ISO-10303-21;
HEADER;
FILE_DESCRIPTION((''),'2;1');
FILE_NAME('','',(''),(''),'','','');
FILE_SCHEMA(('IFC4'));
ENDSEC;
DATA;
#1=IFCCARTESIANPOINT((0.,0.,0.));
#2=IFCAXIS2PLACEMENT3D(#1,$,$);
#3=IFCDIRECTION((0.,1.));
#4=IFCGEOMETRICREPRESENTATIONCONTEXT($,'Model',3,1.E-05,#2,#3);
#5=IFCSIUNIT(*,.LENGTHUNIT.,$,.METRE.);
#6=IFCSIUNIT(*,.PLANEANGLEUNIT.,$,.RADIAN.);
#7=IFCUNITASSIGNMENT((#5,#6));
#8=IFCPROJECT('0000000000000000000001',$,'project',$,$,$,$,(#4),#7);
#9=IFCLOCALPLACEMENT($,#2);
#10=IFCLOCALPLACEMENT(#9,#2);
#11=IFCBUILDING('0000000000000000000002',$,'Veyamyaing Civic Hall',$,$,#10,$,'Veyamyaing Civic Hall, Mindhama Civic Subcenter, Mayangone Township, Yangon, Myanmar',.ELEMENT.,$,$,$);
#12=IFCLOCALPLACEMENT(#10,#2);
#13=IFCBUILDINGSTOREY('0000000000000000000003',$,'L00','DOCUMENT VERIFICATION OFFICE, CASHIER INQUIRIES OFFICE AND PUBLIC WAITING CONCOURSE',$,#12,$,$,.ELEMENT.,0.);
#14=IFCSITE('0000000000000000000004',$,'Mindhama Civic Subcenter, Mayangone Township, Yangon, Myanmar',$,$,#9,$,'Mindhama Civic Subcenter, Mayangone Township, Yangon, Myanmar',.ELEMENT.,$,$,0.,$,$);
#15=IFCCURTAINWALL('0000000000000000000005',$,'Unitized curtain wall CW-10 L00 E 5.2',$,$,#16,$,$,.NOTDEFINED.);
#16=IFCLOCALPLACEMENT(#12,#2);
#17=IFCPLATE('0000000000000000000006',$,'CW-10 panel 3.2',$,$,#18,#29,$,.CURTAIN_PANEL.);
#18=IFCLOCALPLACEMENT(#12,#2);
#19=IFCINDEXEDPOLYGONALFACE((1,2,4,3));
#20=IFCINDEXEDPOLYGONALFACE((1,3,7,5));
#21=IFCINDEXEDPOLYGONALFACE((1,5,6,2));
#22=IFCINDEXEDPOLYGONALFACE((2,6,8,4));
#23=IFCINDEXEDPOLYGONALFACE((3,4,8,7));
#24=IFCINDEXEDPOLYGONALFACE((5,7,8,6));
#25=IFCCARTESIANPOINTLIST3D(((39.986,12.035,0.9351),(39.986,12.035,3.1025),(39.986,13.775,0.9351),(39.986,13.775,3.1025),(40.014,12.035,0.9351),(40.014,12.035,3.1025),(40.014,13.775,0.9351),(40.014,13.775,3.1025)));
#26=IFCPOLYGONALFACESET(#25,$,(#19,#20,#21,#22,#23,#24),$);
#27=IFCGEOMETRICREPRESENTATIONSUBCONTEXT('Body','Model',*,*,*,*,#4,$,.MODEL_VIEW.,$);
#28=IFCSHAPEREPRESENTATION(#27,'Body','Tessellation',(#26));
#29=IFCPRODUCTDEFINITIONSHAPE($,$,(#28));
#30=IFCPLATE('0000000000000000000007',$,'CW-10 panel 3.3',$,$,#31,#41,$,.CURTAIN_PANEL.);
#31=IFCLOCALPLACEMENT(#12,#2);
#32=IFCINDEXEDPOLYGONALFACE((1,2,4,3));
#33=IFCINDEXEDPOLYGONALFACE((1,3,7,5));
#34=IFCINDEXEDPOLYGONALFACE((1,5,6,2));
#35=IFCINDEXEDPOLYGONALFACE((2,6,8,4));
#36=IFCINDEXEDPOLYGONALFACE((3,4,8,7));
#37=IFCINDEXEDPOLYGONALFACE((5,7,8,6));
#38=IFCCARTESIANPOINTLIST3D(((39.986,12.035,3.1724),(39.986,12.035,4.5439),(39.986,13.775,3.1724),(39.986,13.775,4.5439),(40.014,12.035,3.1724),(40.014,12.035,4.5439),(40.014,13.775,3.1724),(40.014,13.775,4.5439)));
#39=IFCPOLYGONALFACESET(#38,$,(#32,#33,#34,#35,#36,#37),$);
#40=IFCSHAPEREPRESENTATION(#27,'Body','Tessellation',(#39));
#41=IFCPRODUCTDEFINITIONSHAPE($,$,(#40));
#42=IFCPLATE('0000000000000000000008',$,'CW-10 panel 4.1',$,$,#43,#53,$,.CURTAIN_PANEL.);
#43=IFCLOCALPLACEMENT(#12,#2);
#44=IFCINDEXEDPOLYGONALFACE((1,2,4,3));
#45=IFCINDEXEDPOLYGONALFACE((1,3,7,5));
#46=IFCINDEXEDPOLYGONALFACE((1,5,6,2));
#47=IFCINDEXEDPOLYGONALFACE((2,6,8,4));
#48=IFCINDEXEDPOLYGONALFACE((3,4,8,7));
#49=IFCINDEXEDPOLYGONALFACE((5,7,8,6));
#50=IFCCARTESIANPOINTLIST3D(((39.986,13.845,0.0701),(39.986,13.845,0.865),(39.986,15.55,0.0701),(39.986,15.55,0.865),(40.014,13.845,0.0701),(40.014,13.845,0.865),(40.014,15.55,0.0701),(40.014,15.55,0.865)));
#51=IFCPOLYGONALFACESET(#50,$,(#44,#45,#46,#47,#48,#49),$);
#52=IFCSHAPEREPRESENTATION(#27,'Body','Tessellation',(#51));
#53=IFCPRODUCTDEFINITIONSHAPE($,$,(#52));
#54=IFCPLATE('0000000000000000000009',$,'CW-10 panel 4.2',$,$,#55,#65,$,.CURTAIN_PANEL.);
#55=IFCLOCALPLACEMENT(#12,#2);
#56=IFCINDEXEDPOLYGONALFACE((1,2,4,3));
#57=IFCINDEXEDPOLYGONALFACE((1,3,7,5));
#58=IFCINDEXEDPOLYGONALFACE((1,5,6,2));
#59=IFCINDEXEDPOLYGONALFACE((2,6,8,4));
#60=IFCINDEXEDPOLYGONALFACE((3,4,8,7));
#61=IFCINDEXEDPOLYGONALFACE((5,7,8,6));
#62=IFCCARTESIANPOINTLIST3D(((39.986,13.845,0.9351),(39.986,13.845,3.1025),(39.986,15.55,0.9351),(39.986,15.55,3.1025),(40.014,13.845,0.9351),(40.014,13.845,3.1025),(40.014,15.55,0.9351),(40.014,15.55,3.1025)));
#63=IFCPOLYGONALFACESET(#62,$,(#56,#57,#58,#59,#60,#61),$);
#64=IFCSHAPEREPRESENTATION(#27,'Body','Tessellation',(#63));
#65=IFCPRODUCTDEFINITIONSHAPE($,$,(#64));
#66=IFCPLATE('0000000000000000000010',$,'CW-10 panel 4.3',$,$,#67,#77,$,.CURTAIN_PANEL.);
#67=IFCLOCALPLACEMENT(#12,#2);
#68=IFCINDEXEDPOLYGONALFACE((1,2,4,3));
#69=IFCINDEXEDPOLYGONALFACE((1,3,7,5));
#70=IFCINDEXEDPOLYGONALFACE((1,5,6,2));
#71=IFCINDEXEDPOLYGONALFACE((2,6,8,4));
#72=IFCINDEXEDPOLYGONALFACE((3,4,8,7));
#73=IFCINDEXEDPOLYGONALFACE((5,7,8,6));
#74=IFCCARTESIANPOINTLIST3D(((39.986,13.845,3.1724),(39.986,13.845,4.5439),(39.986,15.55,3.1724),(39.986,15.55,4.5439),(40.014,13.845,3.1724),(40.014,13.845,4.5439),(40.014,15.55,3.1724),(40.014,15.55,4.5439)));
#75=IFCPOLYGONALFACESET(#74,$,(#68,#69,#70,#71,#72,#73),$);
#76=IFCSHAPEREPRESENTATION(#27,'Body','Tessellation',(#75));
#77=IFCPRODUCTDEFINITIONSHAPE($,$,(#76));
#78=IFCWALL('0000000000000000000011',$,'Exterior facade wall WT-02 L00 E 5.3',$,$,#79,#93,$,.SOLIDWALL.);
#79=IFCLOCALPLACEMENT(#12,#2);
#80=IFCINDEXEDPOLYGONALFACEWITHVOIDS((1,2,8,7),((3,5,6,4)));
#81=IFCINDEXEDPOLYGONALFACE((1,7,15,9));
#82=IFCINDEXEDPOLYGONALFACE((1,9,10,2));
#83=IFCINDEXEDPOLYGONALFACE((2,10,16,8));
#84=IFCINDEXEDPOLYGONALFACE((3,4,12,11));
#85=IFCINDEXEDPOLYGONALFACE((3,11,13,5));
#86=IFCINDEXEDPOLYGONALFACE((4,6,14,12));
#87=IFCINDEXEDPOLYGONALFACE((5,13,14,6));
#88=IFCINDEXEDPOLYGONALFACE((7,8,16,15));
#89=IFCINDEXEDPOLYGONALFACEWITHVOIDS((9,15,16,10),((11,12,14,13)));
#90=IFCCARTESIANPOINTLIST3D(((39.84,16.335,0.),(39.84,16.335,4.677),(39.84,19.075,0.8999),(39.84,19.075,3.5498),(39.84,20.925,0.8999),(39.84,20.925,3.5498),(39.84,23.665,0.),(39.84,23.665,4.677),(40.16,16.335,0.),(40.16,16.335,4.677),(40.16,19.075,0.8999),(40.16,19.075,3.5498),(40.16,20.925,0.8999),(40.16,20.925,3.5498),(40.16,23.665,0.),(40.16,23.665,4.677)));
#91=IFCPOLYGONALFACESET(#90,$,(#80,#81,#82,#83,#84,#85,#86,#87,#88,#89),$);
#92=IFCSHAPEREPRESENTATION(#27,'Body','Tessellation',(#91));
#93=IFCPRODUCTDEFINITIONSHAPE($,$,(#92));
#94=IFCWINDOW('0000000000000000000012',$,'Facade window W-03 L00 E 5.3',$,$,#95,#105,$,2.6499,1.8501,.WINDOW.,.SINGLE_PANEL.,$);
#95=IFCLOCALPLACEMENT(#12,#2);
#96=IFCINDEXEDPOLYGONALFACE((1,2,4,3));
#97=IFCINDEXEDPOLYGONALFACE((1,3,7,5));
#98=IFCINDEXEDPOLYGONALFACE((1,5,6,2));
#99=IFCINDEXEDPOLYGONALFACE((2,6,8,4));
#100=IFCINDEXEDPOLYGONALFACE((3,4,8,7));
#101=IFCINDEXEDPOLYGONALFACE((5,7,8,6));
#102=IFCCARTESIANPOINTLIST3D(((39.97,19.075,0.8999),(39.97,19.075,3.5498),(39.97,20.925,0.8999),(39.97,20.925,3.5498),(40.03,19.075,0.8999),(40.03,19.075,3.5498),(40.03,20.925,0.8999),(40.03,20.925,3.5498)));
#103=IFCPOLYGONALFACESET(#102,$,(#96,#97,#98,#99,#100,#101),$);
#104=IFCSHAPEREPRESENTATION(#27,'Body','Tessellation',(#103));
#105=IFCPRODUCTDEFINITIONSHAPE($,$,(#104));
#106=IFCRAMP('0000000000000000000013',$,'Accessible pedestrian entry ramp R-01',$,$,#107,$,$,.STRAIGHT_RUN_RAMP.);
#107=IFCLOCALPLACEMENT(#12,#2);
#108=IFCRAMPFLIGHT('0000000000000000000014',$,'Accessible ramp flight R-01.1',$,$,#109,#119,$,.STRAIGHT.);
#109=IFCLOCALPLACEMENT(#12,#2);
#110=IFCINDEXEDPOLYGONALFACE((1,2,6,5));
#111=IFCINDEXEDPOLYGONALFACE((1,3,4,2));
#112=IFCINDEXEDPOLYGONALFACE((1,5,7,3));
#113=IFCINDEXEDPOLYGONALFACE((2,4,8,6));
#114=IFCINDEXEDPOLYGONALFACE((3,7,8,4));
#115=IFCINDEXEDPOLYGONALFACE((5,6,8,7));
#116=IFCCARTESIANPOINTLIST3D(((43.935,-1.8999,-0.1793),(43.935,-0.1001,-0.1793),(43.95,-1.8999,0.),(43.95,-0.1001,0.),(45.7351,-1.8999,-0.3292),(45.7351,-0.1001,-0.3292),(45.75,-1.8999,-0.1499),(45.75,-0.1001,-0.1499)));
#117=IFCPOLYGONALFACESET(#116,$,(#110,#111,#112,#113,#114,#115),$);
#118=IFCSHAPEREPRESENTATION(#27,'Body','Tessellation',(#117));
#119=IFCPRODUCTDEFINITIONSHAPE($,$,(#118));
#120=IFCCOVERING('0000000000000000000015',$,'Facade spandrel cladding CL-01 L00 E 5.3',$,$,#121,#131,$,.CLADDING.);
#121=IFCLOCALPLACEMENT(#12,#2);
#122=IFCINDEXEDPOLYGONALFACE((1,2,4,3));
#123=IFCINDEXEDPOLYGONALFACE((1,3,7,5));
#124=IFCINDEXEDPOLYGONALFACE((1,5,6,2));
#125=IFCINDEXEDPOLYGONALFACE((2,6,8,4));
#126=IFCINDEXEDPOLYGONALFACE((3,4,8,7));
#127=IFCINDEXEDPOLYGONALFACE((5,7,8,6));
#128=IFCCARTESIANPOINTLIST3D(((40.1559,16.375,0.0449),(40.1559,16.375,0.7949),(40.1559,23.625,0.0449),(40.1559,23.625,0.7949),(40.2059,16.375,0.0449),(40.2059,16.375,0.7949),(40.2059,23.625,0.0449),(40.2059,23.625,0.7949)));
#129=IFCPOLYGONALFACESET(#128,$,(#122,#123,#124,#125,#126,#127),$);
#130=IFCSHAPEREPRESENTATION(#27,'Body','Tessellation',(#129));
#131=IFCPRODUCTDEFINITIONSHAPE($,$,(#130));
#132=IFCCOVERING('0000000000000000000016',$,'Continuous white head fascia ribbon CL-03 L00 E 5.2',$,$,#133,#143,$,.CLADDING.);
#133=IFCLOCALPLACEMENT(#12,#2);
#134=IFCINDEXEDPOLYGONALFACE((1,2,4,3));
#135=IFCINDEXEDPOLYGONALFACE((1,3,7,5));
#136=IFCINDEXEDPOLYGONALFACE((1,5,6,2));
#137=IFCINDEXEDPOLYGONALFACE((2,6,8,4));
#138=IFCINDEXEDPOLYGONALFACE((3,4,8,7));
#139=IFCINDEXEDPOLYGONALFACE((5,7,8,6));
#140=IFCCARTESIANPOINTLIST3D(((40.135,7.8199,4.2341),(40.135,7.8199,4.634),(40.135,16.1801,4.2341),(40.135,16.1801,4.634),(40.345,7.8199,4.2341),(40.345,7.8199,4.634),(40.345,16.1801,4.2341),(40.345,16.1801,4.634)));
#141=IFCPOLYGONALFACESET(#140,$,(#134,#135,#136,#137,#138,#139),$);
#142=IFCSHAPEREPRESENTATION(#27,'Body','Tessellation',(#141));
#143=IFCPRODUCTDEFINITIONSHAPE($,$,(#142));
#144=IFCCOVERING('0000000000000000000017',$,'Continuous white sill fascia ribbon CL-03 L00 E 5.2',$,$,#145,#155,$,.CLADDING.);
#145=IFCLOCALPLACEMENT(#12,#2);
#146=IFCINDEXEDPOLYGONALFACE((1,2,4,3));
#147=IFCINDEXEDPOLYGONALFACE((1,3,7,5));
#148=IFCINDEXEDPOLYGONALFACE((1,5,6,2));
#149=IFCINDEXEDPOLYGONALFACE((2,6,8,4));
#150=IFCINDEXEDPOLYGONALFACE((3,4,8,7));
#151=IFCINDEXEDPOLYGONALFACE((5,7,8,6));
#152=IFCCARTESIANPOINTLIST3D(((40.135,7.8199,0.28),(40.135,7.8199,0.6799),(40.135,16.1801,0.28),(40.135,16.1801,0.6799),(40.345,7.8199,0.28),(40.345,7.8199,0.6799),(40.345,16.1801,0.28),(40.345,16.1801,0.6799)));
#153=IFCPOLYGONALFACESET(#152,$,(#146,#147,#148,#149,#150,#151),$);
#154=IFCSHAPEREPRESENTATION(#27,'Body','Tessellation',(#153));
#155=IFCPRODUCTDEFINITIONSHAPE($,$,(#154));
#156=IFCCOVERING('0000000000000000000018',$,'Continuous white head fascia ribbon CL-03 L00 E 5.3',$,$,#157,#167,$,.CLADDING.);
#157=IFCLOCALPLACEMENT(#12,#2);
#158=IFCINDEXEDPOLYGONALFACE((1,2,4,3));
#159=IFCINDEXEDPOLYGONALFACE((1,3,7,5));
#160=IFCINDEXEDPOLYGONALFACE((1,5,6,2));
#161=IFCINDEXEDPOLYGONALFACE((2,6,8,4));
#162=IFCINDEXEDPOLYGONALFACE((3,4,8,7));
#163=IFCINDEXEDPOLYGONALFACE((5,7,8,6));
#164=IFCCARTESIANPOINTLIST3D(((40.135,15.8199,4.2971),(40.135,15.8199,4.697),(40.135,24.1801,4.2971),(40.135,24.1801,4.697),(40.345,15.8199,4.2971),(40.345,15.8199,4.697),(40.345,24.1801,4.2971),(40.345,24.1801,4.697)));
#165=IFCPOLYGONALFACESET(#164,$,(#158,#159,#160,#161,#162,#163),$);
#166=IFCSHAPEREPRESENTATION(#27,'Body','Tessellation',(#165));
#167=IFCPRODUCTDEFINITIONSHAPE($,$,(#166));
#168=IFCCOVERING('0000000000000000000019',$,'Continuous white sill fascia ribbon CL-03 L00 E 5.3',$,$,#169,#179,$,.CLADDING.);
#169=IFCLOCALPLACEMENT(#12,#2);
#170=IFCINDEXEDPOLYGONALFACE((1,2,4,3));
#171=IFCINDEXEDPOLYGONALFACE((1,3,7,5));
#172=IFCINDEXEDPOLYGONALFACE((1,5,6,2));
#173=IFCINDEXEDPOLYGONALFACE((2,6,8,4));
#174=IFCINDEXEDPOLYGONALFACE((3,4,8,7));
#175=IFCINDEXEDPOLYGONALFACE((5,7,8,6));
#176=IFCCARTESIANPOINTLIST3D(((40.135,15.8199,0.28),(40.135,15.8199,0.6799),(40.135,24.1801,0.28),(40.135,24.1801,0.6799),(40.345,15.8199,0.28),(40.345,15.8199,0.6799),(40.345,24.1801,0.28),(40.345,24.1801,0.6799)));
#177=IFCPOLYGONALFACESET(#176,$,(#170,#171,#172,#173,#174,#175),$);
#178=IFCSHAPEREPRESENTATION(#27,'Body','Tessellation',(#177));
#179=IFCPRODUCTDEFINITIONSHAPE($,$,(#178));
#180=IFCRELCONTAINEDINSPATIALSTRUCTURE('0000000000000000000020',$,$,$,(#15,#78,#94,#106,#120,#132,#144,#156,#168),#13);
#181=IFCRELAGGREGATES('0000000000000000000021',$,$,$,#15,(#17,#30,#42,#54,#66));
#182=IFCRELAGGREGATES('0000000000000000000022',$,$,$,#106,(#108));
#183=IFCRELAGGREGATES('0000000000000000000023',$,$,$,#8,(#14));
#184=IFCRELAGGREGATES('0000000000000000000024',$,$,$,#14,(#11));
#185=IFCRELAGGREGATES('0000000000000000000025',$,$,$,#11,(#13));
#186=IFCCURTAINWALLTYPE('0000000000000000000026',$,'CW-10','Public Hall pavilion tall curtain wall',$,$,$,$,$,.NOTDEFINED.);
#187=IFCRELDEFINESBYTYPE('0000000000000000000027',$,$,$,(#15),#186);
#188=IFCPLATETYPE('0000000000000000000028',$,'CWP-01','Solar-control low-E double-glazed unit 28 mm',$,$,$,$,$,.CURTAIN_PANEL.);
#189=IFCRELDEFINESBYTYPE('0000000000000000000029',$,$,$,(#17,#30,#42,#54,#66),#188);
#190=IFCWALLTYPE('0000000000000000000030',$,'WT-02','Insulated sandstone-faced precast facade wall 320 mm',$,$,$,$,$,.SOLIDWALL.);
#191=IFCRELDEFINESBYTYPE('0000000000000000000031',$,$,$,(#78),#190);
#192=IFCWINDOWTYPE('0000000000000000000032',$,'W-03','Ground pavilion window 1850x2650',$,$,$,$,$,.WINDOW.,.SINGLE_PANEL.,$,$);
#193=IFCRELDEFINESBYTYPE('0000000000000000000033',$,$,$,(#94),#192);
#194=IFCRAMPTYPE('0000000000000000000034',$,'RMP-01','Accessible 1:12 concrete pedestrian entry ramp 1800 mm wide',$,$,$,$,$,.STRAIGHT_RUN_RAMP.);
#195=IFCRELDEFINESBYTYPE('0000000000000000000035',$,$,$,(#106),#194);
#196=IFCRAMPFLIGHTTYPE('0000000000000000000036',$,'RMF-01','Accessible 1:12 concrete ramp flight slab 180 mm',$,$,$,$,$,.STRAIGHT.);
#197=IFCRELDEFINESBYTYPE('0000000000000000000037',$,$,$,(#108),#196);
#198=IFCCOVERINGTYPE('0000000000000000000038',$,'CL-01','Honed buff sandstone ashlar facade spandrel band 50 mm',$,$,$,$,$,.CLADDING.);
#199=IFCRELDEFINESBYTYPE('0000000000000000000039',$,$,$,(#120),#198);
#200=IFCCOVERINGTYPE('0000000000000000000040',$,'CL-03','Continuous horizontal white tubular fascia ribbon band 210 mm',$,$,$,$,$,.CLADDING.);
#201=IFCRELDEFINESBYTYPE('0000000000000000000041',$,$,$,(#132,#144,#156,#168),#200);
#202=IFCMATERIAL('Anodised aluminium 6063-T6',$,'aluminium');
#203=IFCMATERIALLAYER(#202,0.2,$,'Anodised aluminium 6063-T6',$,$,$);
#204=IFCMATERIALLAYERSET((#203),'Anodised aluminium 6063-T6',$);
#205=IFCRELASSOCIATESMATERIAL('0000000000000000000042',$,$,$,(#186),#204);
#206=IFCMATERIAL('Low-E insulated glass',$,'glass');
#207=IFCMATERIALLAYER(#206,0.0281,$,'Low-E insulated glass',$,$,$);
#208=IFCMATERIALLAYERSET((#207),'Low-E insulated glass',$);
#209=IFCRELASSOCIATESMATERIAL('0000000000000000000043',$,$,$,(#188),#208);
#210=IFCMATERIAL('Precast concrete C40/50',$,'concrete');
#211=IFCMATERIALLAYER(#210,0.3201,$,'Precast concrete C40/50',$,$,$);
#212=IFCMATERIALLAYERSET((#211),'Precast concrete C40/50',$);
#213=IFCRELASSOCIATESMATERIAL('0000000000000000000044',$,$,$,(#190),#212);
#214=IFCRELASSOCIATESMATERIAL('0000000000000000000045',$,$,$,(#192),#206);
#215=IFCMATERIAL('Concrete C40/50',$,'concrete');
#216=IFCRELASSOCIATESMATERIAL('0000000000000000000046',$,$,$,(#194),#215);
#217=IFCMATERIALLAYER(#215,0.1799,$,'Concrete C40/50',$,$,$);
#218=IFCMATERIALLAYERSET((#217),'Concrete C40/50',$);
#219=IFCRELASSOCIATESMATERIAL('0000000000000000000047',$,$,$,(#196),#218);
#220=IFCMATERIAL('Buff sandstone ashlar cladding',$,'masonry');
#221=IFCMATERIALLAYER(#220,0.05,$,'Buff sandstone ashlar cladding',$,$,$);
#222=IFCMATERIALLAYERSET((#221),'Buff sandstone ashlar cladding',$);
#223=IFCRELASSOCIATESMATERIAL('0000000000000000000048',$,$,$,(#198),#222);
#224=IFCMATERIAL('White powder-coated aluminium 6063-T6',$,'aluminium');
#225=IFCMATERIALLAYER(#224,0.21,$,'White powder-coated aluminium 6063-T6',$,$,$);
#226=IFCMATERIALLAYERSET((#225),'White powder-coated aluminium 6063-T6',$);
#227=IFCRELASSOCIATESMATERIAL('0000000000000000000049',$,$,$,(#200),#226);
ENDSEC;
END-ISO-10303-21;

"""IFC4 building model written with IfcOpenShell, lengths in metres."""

from ifc_helpers import new_model, si_unit, direction, frame, frame_2d, origin, origin_2d, place, context, subcontext, project, spatial, polyline, rectangle, outline, extrude, material, layer, layer_set, type_object, element, fill, aggregate, save


model = new_model("IFC4")

# Units and contexts
model_context = context("Model", 3, precision=1e-05, world=origin(), true_north=direction((0.0, 1.0)))
body_context = subcontext(model_context, "Body", "Model", "MODEL_VIEW")
ifc_project = project(units=[si_unit("LENGTHUNIT", "METRE"), si_unit("PLANEANGLEUNIT", "RADIAN")], contexts=[model_context])

# Site, building, storey
site_placement = place(None, origin())
site = spatial("IfcSite", under=ifc_project, at=site_placement, Name="Mindhama Civic Subcenter, Mayangone Township, Yangon, Myanmar", LongName="Mindhama Civic Subcenter, Mayangone Township, Yangon, Myanmar", CompositionType="ELEMENT", RefElevation=0.0)
building_placement = place(site_placement, origin())
building = spatial("IfcBuilding", under=site, at=building_placement, Name="Veyamyaing Civic Hall", LongName="Veyamyaing Civic Hall, Mindhama Civic Subcenter, Mayangone Township, Yangon, Myanmar", CompositionType="ELEMENT")
storey_placement = place(building_placement, origin())
storey = spatial("IfcBuildingStorey", under=building, at=storey_placement, Name="L00", Description="DOCUMENT VERIFICATION OFFICE, CASHIER INQUIRIES OFFICE AND PUBLIC WAITING CONCOURSE", CompositionType="ELEMENT", Elevation=0.0)

# Curtain wall, plates
ifc_material_1 = material(Name="Anodised aluminium 6063-T6", Category="aluminium")
ifc_layer_1 = layer(ifc_material_1, 0.2, Name="Anodised aluminium 6063-T6")
ifc_layer_set_1 = layer_set([ifc_layer_1], Name="Anodised aluminium 6063-T6")
curtain_wall_type = type_object("IfcCurtainWallType", Name="CW-10", Description="Public Hall pavilion tall curtain wall", PredefinedType="NOTDEFINED", material=ifc_layer_set_1)
curtain_wall_placement = place(storey_placement, origin())
curtain_wall = element("IfcCurtainWall", 1, at=curtain_wall_placement, inside=storey, type_object=curtain_wall_type, Name="Unitized curtain wall CW-10 L00 E 5.2", PredefinedType="NOTDEFINED")
ifc_material_2 = material(Name="Low-E insulated glass", Category="glass")
ifc_layer_2 = layer(ifc_material_2, 0.0281, Name="Low-E insulated glass")
ifc_layer_set_2 = layer_set([ifc_layer_2], Name="Low-E insulated glass")
plate_type = type_object("IfcPlateType", Name="CWP-01", Description="Solar-control low-E double-glazed unit 28 mm", PredefinedType="CURTAIN_PANEL", material=ifc_layer_set_2)
plate_1_placement = place(storey_placement, frame((40.0, 12.905, 0.9351), z_axis=(0.0, 0.0, 1.0), x_axis=(0.0, 1.0, 0.0)))
plate_1 = element("IfcPlate", 2, at=plate_1_placement, type_object=plate_type, Name="CW-10 panel 3.2", PredefinedType="CURTAIN_PANEL", context=body_context, shape_type="SweptSolid", body=[
    extrude(rectangle(XDim=1.74, YDim=0.0281, at=origin_2d()), origin(), (0.0, 0.0, 1.0), 2.1675),
])
plate_2_placement = place(storey_placement, frame((40.0, 12.905, 3.1724), z_axis=(0.0, 0.0, 1.0), x_axis=(0.0, 1.0, 0.0)))
plate_2 = element("IfcPlate", 3, at=plate_2_placement, type_object=plate_type, Name="CW-10 panel 3.3", PredefinedType="CURTAIN_PANEL", context=body_context, shape_type="SweptSolid", body=[
    extrude(rectangle(XDim=1.74, YDim=0.0281, at=origin_2d()), origin(), (0.0, 0.0, 1.0), 1.3716),
])
plate_3_placement = place(storey_placement, frame((40.0, 14.6975, 0.0701), z_axis=(0.0, 0.0, 1.0), x_axis=(0.0, 1.0, 0.0)))
plate_3 = element("IfcPlate", 4, at=plate_3_placement, type_object=plate_type, Name="CW-10 panel 4.1", PredefinedType="CURTAIN_PANEL", context=body_context, shape_type="SweptSolid", body=[
    extrude(rectangle(XDim=1.7051, YDim=0.0281, at=origin_2d()), origin(), (0.0, 0.0, 1.0), 0.7949),
])
plate_4_placement = place(storey_placement, frame((40.0, 14.6975, 0.9351), z_axis=(0.0, 0.0, 1.0), x_axis=(0.0, 1.0, 0.0)))
plate_4 = element("IfcPlate", 5, at=plate_4_placement, type_object=plate_type, Name="CW-10 panel 4.2", PredefinedType="CURTAIN_PANEL", context=body_context, shape_type="SweptSolid", body=[
    extrude(rectangle(XDim=1.7051, YDim=0.0281, at=origin_2d()), origin(), (0.0, 0.0, 1.0), 2.1675),
])
plate_5_placement = place(storey_placement, frame((40.0, 14.6975, 3.1724), z_axis=(0.0, 0.0, 1.0), x_axis=(0.0, 1.0, 0.0)))
plate_5 = element("IfcPlate", 6, at=plate_5_placement, type_object=plate_type, Name="CW-10 panel 4.3", PredefinedType="CURTAIN_PANEL", context=body_context, shape_type="SweptSolid", body=[
    extrude(rectangle(XDim=1.7051, YDim=0.0281, at=origin_2d()), origin(), (0.0, 0.0, 1.0), 1.3716),
])
aggregate(curtain_wall, [plate_1, plate_2, plate_3, plate_4, plate_5])

# Wall, opening, window
ifc_material_3 = material(Name="Precast concrete C40/50", Category="concrete")
ifc_layer_3 = layer(ifc_material_3, 0.3201, Name="Precast concrete C40/50")
ifc_layer_set_3 = layer_set([ifc_layer_3], Name="Precast concrete C40/50")
wall_type = type_object("IfcWallType", Name="WT-02", Description="Insulated sandstone-faced precast facade wall 320 mm", PredefinedType="SOLIDWALL", material=ifc_layer_set_3)
wall_placement = place(storey_placement, frame((40.0, 16.335, 0.0), z_axis=(0.0, 0.0, 1.0), x_axis=(0.0, 1.0, 0.0)))
wall = element("IfcWall", 7, at=wall_placement, inside=storey, type_object=wall_type, Name="Exterior facade wall WT-02 L00 E 5.3", PredefinedType="SOLIDWALL", context=body_context, shape_type="SweptSolid", body=[
    extrude(rectangle(XDim=7.3301, YDim=0.3201, at=frame_2d((3.665, 0.0))), origin(), (0.0, 0.0, 1.0), 4.677),
])
opening_placement = place(wall_placement, frame((2.74, 0.0, 0.8999)))
opening = element("IfcOpeningElement", 8, at=opening_placement, cuts=wall, PredefinedType="OPENING", context=body_context, shape_type="SweptSolid", body=[
    extrude(rectangle(XDim=1.8501, YDim=2.6499, at=frame_2d((0.925, 1.325))), frame((0.0, 0.1699, 0.0), z_axis=(0.0, -1.0, 0.0), x_axis=(1.0, 0.0, 0.0)), (0.0, 0.0, 1.0), 0.3401),
])
window_type = type_object("IfcWindowType", Name="W-03", Description="Ground pavilion window 1850x2650", PartitioningType="SINGLE_PANEL", PredefinedType="WINDOW", material=ifc_material_2)
window_placement = place(opening_placement, origin())
window = element("IfcWindow", 9, at=window_placement, inside=storey, type_object=window_type, Name="Facade window W-03 L00 E 5.3", OverallHeight=2.6499, OverallWidth=1.8501, PartitioningType="SINGLE_PANEL", PredefinedType="WINDOW", context=body_context, shape_type="SweptSolid", body=[
    extrude(rectangle(XDim=1.8501, YDim=2.6499, at=frame_2d((0.925, 1.325))), frame((0.0, 0.03, 0.0), z_axis=(0.0, -1.0, 0.0), x_axis=(1.0, 0.0, 0.0)), (0.0, 0.0, 1.0), 0.0601),
])
fill(opening, window)

# Ramp, ramp flight
ifc_material_4 = material(Name="Concrete C40/50", Category="concrete")
ramp_type = type_object("IfcRampType", Name="RMP-01", Description="Accessible 1:12 concrete pedestrian entry ramp 1800 mm wide", PredefinedType="STRAIGHT_RUN_RAMP", material=ifc_material_4)
ramp_placement = place(storey_placement, origin())
ramp = element("IfcRamp", 10, at=ramp_placement, inside=storey, type_object=ramp_type, Name="Accessible pedestrian entry ramp R-01", PredefinedType="STRAIGHT_RUN_RAMP")
ifc_layer_4 = layer(ifc_material_4, 0.1799, Name="Concrete C40/50")
ifc_layer_set_4 = layer_set([ifc_layer_4], Name="Concrete C40/50")
ramp_flight_type = type_object("IfcRampFlightType", Name="RMF-01", Description="Accessible 1:12 concrete ramp flight slab 180 mm", PredefinedType="STRAIGHT", material=ifc_layer_set_4)
ramp_flight_placement = place(storey_placement, frame((45.75, -1.8999, -0.1499), z_axis=(0.08299, 0.0, 0.99655), x_axis=(-0.99655, 0.0, 0.08299)))
ramp_flight = element("IfcRampFlight", 11, at=ramp_flight_placement, type_object=ramp_flight_type, Name="Accessible ramp flight R-01.1", PredefinedType="STRAIGHT", context=body_context, shape_type="SweptSolid", body=[
    extrude(outline(polyline([(0.0, 0.0), (1.8063, 0.0), (1.8063, -1.7998), (0.0, -1.7998), (0.0, 0.0)])), origin(), (0.0, 0.0, -1.0), 0.1799),
])
aggregate(ramp, [ramp_flight])

# Coverings
ifc_material_5 = material(Name="Buff sandstone ashlar cladding", Category="masonry")
ifc_layer_5 = layer(ifc_material_5, 0.05, Name="Buff sandstone ashlar cladding")
ifc_layer_set_5 = layer_set([ifc_layer_5], Name="Buff sandstone ashlar cladding")
covering_type_1 = type_object("IfcCoveringType", Name="CL-01", Description="Honed buff sandstone ashlar facade spandrel band 50 mm", PredefinedType="CLADDING", material=ifc_layer_set_5)
covering_placement = place(storey_placement, frame((40.1809, 20.0, 0.0449), z_axis=(0.0, 0.0, 1.0), x_axis=(0.0, 1.0, 0.0)))
element("IfcCovering", 12, at=covering_placement, inside=storey, type_object=covering_type_1, Name="Facade spandrel cladding CL-01 L00 E 5.3", PredefinedType="CLADDING", context=body_context, shape_type="SweptSolid", body=[
    extrude(rectangle(XDim=7.25, YDim=0.05, at=origin_2d()), origin(), (0.0, 0.0, 1.0), 0.75),
])
ifc_material_6 = material(Name="White powder-coated aluminium 6063-T6", Category="aluminium")
ifc_layer_6 = layer(ifc_material_6, 0.21, Name="White powder-coated aluminium 6063-T6")
ifc_layer_set_6 = layer_set([ifc_layer_6], Name="White powder-coated aluminium 6063-T6")
covering_type_2 = type_object("IfcCoveringType", Name="CL-03", Description="Continuous horizontal white tubular fascia ribbon band 210 mm", PredefinedType="CLADDING", material=ifc_layer_set_6)
for number, where, z_axis, x_axis, name in (
    (13, (40.24, 12.0, 4.2341), (0.0, 0.0, 1.0), (0.0, 1.0, 0.0), "Continuous white head fascia ribbon CL-03 L00 E 5.2"),
    (14, (40.24, 12.0, 0.28), (0.0, 0.0, 1.0), (0.0, 1.0, 0.0), "Continuous white sill fascia ribbon CL-03 L00 E 5.2"),
    (15, (40.24, 20.0, 4.2971), (0.0, 0.0, 1.0), (0.0, 1.0, 0.0), "Continuous white head fascia ribbon CL-03 L00 E 5.3"),
    (16, (40.24, 20.0, 0.28), (0.0, 0.0, 1.0), (0.0, 1.0, 0.0), "Continuous white sill fascia ribbon CL-03 L00 E 5.3"),
):
    element("IfcCovering", number, at=place(storey_placement, frame(where, z_axis=z_axis, x_axis=x_axis)), inside=storey, type_object=covering_type_2, Name=name, PredefinedType="CLADDING", context=body_context, shape_type="SweptSolid", body=[
        extrude(rectangle(XDim=8.3601, YDim=0.21, at=origin_2d()), origin(), (0.0, 0.0, 1.0), 0.3999),
    ])

save(model, "model.ifc")
